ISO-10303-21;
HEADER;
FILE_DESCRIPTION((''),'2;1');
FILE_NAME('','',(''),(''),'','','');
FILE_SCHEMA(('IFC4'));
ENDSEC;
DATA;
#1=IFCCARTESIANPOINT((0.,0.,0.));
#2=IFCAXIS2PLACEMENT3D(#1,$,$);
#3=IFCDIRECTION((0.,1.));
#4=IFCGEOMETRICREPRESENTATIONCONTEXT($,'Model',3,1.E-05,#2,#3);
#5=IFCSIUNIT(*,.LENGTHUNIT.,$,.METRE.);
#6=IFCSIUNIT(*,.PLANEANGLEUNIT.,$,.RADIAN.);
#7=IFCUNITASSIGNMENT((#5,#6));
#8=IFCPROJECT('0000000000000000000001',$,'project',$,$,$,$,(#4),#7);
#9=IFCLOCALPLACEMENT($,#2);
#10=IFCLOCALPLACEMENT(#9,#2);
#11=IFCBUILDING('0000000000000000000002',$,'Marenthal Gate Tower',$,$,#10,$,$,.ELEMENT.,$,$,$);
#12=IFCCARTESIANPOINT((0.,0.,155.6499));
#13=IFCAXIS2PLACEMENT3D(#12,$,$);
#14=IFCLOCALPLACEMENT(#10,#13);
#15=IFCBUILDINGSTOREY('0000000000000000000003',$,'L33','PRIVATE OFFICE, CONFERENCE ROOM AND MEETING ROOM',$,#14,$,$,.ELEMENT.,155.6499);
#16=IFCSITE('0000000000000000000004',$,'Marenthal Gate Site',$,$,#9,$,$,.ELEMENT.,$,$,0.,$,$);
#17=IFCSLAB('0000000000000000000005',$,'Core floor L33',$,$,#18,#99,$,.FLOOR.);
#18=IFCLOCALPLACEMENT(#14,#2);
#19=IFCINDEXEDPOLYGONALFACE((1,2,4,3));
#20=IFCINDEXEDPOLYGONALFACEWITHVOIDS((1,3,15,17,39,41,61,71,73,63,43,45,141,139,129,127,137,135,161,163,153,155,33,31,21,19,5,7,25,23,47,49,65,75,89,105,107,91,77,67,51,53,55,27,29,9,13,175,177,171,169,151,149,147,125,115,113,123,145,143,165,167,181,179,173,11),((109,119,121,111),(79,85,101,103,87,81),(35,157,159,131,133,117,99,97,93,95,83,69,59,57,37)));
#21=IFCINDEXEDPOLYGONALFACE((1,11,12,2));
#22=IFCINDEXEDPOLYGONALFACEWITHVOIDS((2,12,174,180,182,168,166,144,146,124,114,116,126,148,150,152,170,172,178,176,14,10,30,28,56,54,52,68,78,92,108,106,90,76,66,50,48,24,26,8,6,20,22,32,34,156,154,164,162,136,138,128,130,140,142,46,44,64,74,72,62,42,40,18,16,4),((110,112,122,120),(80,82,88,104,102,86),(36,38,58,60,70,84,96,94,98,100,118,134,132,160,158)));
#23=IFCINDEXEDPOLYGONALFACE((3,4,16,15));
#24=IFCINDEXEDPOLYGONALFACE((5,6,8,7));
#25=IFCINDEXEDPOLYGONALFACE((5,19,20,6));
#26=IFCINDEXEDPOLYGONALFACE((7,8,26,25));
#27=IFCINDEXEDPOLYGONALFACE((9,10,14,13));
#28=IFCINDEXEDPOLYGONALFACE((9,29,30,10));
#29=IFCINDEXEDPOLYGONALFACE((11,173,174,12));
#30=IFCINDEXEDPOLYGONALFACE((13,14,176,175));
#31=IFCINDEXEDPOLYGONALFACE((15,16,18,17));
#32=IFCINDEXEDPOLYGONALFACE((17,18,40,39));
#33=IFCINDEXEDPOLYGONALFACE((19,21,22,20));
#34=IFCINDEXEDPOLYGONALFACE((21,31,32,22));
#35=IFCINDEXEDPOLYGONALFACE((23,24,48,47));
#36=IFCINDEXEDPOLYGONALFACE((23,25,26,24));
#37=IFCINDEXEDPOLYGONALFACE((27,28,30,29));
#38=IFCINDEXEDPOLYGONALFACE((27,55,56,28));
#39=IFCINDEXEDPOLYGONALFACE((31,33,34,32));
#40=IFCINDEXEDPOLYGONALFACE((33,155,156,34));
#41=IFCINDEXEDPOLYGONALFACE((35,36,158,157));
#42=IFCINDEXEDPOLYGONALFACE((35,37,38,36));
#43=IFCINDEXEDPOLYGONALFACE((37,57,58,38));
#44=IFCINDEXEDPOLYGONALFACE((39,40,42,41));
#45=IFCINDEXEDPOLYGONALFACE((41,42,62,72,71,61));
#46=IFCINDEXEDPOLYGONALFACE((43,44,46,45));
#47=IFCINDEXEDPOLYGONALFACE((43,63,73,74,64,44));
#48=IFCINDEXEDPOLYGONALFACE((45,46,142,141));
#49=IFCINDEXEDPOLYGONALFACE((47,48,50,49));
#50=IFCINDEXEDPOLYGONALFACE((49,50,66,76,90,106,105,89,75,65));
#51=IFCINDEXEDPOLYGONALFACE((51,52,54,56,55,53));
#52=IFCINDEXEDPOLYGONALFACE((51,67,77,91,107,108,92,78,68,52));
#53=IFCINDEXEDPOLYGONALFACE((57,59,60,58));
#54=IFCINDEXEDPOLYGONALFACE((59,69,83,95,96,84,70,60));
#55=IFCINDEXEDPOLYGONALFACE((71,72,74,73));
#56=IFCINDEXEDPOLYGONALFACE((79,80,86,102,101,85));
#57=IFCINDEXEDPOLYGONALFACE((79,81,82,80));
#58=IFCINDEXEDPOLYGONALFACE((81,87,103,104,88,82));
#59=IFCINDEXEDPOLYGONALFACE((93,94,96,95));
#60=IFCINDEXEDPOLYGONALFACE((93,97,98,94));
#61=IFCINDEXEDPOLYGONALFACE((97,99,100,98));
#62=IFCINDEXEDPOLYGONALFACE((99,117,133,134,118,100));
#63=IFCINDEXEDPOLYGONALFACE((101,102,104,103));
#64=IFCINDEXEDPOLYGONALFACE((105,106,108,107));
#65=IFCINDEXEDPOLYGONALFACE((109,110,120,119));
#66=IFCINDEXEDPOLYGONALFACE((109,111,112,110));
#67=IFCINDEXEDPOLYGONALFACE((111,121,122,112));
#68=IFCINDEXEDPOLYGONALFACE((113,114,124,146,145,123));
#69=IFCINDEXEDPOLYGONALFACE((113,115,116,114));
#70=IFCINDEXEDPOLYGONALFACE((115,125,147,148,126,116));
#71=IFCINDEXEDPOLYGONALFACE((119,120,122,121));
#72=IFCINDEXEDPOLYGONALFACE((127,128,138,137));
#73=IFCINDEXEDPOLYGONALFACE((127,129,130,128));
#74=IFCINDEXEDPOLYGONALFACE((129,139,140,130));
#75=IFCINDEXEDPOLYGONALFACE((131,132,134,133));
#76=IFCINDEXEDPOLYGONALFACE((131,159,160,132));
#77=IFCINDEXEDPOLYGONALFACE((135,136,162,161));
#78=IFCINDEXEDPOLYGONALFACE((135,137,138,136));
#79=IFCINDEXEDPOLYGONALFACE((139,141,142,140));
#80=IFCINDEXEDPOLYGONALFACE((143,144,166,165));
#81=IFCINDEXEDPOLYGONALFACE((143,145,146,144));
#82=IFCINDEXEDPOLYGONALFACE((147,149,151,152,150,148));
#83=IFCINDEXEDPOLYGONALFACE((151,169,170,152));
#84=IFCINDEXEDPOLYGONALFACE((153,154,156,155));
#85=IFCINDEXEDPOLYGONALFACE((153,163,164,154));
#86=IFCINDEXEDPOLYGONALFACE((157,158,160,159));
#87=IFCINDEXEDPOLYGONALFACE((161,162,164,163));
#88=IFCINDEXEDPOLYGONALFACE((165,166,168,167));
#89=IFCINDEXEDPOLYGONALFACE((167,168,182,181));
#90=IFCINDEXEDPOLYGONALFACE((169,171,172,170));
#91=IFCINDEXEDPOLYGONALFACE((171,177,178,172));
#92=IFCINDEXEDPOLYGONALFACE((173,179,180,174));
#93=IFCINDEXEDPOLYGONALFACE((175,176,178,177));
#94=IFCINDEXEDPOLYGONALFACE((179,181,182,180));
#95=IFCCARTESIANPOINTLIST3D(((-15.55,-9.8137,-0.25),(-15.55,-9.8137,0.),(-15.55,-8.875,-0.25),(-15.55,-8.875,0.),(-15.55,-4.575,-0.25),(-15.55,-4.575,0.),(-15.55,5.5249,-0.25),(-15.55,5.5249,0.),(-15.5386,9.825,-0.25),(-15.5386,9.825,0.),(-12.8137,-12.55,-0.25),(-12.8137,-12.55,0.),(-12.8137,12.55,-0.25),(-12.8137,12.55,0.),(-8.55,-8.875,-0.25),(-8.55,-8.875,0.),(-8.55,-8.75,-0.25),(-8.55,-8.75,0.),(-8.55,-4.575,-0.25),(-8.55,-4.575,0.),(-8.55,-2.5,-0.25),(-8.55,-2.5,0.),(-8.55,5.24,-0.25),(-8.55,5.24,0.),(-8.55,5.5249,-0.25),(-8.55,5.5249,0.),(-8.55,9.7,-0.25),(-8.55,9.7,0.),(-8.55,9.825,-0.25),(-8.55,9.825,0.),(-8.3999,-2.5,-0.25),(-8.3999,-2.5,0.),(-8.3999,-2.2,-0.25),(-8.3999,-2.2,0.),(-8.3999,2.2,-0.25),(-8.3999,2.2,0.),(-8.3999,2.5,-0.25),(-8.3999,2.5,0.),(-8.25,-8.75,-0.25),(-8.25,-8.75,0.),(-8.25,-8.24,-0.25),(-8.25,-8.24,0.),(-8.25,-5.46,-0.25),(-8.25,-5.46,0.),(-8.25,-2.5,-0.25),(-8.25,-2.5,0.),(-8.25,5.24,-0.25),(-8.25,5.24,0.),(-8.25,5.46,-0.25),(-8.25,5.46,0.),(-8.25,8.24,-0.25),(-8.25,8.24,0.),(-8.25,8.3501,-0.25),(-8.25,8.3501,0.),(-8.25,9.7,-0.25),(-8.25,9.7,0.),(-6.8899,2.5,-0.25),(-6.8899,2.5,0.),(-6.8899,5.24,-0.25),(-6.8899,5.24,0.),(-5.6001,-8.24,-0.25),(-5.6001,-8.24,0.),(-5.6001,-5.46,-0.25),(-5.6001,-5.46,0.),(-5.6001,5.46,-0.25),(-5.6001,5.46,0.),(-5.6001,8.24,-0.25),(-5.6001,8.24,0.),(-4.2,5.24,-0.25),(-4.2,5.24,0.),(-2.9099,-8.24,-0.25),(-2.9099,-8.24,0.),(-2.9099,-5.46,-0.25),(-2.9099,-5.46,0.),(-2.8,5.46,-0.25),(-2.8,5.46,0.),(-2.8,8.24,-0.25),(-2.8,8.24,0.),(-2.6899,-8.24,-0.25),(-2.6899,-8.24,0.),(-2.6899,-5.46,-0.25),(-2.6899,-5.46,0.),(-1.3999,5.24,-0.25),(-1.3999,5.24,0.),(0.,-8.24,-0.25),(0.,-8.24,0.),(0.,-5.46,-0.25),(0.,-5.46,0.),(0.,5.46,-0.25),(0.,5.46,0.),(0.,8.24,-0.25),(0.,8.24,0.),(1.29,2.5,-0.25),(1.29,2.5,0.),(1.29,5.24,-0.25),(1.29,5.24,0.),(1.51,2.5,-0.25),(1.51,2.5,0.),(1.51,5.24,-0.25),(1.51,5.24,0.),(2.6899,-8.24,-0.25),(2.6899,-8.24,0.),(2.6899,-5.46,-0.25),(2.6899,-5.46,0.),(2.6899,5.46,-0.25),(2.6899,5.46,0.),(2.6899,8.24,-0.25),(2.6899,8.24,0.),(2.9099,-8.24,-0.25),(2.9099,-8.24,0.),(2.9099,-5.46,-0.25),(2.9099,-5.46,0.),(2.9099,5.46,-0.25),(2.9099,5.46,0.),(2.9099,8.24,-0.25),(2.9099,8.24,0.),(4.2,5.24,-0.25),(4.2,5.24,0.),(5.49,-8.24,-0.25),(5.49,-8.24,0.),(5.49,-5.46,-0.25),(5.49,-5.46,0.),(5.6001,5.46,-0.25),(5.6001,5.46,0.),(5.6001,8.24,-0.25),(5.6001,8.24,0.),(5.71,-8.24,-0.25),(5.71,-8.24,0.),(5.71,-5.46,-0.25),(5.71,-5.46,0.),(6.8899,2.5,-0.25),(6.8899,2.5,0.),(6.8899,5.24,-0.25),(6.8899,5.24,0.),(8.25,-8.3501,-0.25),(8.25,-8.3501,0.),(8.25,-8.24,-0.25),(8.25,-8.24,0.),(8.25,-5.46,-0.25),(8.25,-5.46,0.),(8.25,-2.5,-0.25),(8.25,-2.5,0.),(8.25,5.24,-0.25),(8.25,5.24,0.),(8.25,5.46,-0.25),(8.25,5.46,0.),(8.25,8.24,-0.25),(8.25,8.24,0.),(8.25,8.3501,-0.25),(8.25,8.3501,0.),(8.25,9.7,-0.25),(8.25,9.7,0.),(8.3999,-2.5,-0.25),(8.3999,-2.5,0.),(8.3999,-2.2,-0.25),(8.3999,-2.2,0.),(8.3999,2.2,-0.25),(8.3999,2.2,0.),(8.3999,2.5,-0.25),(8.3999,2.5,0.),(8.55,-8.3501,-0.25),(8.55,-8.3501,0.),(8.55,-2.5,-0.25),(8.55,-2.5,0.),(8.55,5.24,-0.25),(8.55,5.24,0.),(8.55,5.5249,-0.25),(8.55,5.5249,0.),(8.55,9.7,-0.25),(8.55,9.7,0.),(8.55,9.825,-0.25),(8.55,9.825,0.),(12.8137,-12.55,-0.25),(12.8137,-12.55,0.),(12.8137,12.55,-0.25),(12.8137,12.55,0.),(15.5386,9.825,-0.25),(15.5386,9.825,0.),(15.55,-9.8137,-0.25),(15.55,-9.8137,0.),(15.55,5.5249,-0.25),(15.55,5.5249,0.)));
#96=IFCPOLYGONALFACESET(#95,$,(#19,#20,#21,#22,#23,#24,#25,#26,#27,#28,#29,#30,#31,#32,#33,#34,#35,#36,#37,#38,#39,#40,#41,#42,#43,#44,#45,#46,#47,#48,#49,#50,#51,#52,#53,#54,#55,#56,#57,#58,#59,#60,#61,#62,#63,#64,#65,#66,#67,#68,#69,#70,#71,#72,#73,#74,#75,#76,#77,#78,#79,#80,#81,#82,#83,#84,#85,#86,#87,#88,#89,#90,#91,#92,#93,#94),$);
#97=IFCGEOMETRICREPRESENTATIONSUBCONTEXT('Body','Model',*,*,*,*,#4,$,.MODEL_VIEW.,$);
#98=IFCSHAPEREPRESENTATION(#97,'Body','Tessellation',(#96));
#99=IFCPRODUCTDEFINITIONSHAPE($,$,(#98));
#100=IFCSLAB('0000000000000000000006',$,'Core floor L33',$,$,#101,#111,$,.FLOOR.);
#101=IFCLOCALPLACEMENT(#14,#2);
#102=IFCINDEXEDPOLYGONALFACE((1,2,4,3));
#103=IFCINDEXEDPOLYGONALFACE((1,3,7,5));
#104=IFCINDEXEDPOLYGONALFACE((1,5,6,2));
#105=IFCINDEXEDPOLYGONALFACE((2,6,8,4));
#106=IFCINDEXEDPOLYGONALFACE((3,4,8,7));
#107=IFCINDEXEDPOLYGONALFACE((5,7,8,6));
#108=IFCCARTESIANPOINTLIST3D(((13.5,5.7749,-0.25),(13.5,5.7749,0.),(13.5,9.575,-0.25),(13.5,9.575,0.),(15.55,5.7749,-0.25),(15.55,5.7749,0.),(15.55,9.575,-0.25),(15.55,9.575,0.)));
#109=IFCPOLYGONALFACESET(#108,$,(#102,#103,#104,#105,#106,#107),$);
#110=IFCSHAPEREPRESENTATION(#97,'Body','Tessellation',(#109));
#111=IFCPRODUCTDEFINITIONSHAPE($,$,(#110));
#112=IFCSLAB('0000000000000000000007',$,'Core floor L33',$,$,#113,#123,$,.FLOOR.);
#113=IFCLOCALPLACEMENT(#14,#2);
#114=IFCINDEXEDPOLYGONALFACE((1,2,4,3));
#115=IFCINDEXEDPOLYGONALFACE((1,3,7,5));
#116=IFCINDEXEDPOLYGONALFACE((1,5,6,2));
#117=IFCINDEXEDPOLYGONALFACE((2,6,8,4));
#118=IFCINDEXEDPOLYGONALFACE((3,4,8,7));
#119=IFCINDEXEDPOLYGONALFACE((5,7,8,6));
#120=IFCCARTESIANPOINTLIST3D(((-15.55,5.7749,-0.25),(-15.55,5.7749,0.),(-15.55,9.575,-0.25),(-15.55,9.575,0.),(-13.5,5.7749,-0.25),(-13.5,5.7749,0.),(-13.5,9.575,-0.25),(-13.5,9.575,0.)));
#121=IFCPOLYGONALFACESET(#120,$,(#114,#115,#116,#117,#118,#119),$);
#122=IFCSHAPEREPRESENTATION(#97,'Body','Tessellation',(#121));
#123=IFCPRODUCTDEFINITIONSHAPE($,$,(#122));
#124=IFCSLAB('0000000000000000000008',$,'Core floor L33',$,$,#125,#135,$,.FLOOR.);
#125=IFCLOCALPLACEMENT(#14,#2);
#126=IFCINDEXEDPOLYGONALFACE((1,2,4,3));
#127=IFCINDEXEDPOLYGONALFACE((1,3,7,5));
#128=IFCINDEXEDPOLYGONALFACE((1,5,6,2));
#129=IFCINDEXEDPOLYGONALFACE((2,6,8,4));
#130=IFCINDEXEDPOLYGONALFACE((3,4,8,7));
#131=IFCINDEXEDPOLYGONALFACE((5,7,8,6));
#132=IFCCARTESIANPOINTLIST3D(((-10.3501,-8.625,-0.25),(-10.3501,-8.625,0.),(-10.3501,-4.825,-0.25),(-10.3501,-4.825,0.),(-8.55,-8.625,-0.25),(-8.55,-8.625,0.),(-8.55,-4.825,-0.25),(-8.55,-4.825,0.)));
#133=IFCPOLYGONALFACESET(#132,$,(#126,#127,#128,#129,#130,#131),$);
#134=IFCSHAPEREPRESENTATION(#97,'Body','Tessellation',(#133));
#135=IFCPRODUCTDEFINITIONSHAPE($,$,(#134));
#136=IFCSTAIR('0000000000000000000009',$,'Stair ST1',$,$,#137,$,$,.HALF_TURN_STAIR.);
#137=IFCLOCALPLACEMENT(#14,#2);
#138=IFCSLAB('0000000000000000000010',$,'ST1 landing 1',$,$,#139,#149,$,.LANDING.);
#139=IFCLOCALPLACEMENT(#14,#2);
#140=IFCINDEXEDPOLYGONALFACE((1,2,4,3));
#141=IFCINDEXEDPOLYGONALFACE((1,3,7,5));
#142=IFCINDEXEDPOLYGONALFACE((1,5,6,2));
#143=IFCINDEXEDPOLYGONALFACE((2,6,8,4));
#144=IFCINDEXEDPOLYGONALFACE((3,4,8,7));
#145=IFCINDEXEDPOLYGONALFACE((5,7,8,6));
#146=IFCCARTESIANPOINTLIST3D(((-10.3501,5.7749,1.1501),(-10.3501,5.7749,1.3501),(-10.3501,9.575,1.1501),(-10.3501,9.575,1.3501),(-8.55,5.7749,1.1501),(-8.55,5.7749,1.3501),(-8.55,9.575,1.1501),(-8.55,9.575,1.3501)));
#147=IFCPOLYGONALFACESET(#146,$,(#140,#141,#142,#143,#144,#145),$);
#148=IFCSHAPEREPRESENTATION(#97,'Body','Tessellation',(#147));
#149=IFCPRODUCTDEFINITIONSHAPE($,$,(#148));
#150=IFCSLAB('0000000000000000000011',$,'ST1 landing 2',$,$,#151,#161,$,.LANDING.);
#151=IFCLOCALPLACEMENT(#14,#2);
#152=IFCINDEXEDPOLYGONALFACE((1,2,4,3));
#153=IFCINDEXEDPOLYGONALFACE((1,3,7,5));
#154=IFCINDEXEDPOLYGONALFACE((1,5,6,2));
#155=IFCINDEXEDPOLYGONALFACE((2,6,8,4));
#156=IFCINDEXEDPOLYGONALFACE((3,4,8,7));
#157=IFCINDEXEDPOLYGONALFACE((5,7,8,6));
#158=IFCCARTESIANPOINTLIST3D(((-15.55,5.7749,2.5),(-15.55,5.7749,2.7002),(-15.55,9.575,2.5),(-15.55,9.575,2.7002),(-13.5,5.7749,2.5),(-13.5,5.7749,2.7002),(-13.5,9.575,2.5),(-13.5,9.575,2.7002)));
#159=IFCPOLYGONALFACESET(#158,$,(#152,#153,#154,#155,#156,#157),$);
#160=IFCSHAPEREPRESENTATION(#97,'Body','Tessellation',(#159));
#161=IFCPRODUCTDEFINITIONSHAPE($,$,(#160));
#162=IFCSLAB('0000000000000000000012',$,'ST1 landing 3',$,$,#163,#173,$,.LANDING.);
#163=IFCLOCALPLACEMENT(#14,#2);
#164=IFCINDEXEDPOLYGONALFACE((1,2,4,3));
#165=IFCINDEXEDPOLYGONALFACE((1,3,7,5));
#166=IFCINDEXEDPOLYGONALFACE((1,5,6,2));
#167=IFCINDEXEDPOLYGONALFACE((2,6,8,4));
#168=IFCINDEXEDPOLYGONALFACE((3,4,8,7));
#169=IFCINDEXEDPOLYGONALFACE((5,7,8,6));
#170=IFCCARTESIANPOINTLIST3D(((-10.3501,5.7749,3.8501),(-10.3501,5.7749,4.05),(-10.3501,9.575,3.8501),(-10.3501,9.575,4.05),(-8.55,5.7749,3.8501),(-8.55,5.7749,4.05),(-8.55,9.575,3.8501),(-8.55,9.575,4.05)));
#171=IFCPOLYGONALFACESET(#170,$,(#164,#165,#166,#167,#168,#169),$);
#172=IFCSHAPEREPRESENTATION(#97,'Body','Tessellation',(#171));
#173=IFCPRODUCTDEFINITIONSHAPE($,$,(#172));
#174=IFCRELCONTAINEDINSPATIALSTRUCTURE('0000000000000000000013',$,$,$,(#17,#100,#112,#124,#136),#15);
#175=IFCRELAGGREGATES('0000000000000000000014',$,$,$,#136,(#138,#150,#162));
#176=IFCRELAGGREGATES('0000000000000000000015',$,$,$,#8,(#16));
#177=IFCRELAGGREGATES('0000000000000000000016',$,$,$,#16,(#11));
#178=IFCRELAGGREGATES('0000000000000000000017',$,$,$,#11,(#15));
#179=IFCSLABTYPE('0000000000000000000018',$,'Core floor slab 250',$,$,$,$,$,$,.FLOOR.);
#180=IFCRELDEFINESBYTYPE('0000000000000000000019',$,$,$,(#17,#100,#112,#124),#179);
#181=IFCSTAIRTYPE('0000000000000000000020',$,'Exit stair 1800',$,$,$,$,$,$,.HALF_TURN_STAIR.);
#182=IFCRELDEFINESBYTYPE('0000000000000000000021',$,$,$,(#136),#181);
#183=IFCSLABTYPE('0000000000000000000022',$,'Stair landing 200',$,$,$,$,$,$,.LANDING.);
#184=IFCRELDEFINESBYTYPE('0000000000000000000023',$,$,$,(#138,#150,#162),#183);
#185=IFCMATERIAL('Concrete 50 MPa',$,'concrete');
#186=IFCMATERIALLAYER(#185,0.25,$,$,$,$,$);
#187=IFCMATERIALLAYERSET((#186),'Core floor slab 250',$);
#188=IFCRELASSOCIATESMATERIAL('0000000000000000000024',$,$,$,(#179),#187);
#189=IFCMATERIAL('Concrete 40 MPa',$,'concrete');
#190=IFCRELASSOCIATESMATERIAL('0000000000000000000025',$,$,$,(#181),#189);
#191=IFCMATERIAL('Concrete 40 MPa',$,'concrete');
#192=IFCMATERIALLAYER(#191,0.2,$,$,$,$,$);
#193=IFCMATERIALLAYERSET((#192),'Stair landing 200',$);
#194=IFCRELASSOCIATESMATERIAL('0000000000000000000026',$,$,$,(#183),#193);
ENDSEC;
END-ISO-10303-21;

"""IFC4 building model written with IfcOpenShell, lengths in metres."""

from ifc_helpers import new_model, si_unit, direction, frame, origin, place, context, subcontext, project, spatial, polyline, outline, extrude, material, layer, layer_set, type_object, element, aggregate, save


model = new_model("IFC4")

# Units and contexts
model_context = context("Model", 3, precision=1e-05, world=origin(), true_north=direction((0.0, 1.0)))
body_context = subcontext(model_context, "Body", "Model", "MODEL_VIEW")
ifc_project = project(units=[si_unit("LENGTHUNIT", "METRE"), si_unit("PLANEANGLEUNIT", "RADIAN")], contexts=[model_context])

# Site, building, storey
site_placement = place(None, origin())
site = spatial("IfcSite", under=ifc_project, at=site_placement, Name="Marenthal Gate Site", CompositionType="ELEMENT", RefElevation=0.0)
building_placement = place(site_placement, origin())
building = spatial("IfcBuilding", under=site, at=building_placement, Name="Marenthal Gate Tower", CompositionType="ELEMENT")
storey_placement = place(building_placement, frame((0.0, 0.0, 155.6499)))
storey = spatial("IfcBuildingStorey", under=building, at=storey_placement, Name="L33", Description="PRIVATE OFFICE, CONFERENCE ROOM AND MEETING ROOM", CompositionType="ELEMENT", Elevation=155.6499)

# Slabs
ifc_material_1 = material(Name="Concrete 50 MPa", Category="concrete")
ifc_layer_1 = layer(ifc_material_1, 0.25)
ifc_layer_set_1 = layer_set([ifc_layer_1], Name="Core floor slab 250")
slab_type_1 = type_object("IfcSlabType", Name="Core floor slab 250", PredefinedType="FLOOR", material=ifc_layer_set_1)
slab_1_placement = place(storey_placement, frame((0.0, 0.0, -0.25)))
element("IfcSlab", 1, at=slab_1_placement, inside=storey, type_object=slab_type_1, Name="Core floor L33", PredefinedType="FLOOR", context=body_context, shape_type="SweptSolid", body=[
    extrude(outline(polyline([(12.8137, -12.55), (-12.8137, -12.55), (-15.55, -9.8137), (-15.55, -8.875), (-8.55, -8.875), (-8.55, -8.75), (-8.25, -8.75), (-8.25, -8.24), (-5.6001, -8.24), (-2.9099, -8.24), (-2.9099, -5.46), (-5.6001, -5.46), (-8.25, -5.46), (-8.25, -2.5), (8.25, -2.5), (8.25, -5.46), (5.71, -5.46), (5.71, -8.24), (8.25, -8.24), (8.25, -8.3501), (8.55, -8.3501), (8.55, -2.5), (8.3999, -2.5), (8.3999, -2.2), (-8.3999, -2.2), (-8.3999, -2.5), (-8.55, -2.5), (-8.55, -4.575), (-15.55, -4.575), (-15.55, 5.5249), (-8.55, 5.5249), (-8.55, 5.24), (-8.25, 5.24), (-8.25, 5.46), (-5.6001, 5.46), (-2.8, 5.46), (0.0, 5.46), (2.6899, 5.46), (2.6899, 8.24), (0.0, 8.24), (-2.8, 8.24), (-5.6001, 8.24), (-8.25, 8.24), (-8.25, 8.3501), (-8.25, 9.7), (-8.55, 9.7), (-8.55, 9.825), (-15.5386, 9.825), (-12.8137, 12.55), (12.8137, 12.55), (15.5386, 9.825), (8.55, 9.825), (8.55, 9.7), (8.25, 9.7), (8.25, 8.3501), (8.25, 8.24), (5.6001, 8.24), (2.9099, 8.24), (2.9099, 5.46), (5.6001, 5.46), (8.25, 5.46), (8.25, 5.24), (8.55, 5.24), (8.55, 5.5249), (15.55, 5.5249), (15.55, -9.8137), (12.8137, -12.55)]), holes=[polyline([(2.6899, -8.24), (2.6899, -5.46), (0.0, -5.46), (-2.6899, -5.46), (-2.6899, -8.24), (0.0, -8.24), (2.6899, -8.24)]), polyline([(-6.8899, 5.24), (-6.8899, 2.5), (-8.3999, 2.5), (-8.3999, 2.2), (8.3999, 2.2), (8.3999, 2.5), (6.8899, 2.5), (6.8899, 5.24), (4.2, 5.24), (1.51, 5.24), (1.51, 2.5), (1.29, 2.5), (1.29, 5.24), (-1.3999, 5.24), (-4.2, 5.24), (-6.8899, 5.24)]), polyline([(5.49, -5.46), (2.9099, -5.46), (2.9099, -8.24), (5.49, -8.24), (5.49, -5.46)])]), origin(), (0.0, 0.0, 1.0), 0.25),
])
slab_2_placement = place(storey_placement, frame((0.0, 0.0, -0.25)))
element("IfcSlab", 2, at=slab_2_placement, inside=storey, type_object=slab_type_1, Name="Core floor L33", PredefinedType="FLOOR", context=body_context, shape_type="SweptSolid", body=[
    extrude(outline(polyline([(15.55, 5.7749), (13.5, 5.7749), (13.5, 9.575), (15.55, 9.575), (15.55, 5.7749)])), origin(), (0.0, 0.0, 1.0), 0.25),
])
slab_3_placement = place(storey_placement, frame((0.0, 0.0, -0.25)))
element("IfcSlab", 3, at=slab_3_placement, inside=storey, type_object=slab_type_1, Name="Core floor L33", PredefinedType="FLOOR", context=body_context, shape_type="SweptSolid", body=[
    extrude(outline(polyline([(-15.55, 9.575), (-13.5, 9.575), (-13.5, 5.7749), (-15.55, 5.7749), (-15.55, 9.575)])), origin(), (0.0, 0.0, 1.0), 0.25),
])
slab_4_placement = place(storey_placement, frame((0.0, 0.0, -0.25)))
element("IfcSlab", 4, at=slab_4_placement, inside=storey, type_object=slab_type_1, Name="Core floor L33", PredefinedType="FLOOR", context=body_context, shape_type="SweptSolid", body=[
    extrude(outline(polyline([(-8.55, -8.625), (-10.3501, -8.625), (-10.3501, -4.825), (-8.55, -4.825), (-8.55, -8.625)])), origin(), (0.0, 0.0, 1.0), 0.25),
])

# Stair, slabs
ifc_material_2 = material(Name="Concrete 40 MPa", Category="concrete")
stair_type = type_object("IfcStairType", Name="Exit stair 1800", PredefinedType="HALF_TURN_STAIR", material=ifc_material_2)
stair_1_placement = place(storey_placement, origin())
stair_1 = element("IfcStair", 5, at=stair_1_placement, inside=storey, type_object=stair_type, Name="Stair ST1", PredefinedType="HALF_TURN_STAIR")
ifc_material_3 = material(Name="Concrete 40 MPa", Category="concrete")
ifc_layer_2 = layer(ifc_material_3, 0.2)
ifc_layer_set_2 = layer_set([ifc_layer_2], Name="Stair landing 200")
slab_type_2 = type_object("IfcSlabType", Name="Stair landing 200", PredefinedType="LANDING", material=ifc_layer_set_2)
slab_5_placement = place(storey_placement, frame((0.0, 0.0, 1.1501)))
slab_5 = element("IfcSlab", 6, at=slab_5_placement, type_object=slab_type_2, Name="ST1 landing 1", PredefinedType="LANDING", context=body_context, shape_type="SweptSolid", body=[
    extrude(outline(polyline([(-10.3501, 5.7749), (-8.55, 5.7749), (-8.55, 9.575), (-10.3501, 9.575), (-10.3501, 5.7749)])), origin(), (0.0, 0.0, 1.0), 0.2),
])
slab_6_placement = place(storey_placement, frame((0.0, 0.0, 2.5)))
slab_6 = element("IfcSlab", 7, at=slab_6_placement, type_object=slab_type_2, Name="ST1 landing 2", PredefinedType="LANDING", context=body_context, shape_type="SweptSolid", body=[
    extrude(outline(polyline([(-15.55, 5.7749), (-13.5, 5.7749), (-13.5, 9.575), (-15.55, 9.575), (-15.55, 5.7749)])), origin(), (0.0, 0.0, 1.0), 0.2002),
])
slab_7_placement = place(storey_placement, frame((0.0, 0.0, 3.8501)))
slab_7 = element("IfcSlab", 8, at=slab_7_placement, type_object=slab_type_2, Name="ST1 landing 3", PredefinedType="LANDING", context=body_context, shape_type="SweptSolid", body=[
    extrude(outline(polyline([(-10.3501, 5.7749), (-8.55, 5.7749), (-8.55, 9.575), (-10.3501, 9.575), (-10.3501, 5.7749)])), origin(), (0.0, 0.0, 1.0), 0.2),
])
aggregate(stair_1, [slab_5, slab_6, slab_7])

save(model, "model.ifc")
